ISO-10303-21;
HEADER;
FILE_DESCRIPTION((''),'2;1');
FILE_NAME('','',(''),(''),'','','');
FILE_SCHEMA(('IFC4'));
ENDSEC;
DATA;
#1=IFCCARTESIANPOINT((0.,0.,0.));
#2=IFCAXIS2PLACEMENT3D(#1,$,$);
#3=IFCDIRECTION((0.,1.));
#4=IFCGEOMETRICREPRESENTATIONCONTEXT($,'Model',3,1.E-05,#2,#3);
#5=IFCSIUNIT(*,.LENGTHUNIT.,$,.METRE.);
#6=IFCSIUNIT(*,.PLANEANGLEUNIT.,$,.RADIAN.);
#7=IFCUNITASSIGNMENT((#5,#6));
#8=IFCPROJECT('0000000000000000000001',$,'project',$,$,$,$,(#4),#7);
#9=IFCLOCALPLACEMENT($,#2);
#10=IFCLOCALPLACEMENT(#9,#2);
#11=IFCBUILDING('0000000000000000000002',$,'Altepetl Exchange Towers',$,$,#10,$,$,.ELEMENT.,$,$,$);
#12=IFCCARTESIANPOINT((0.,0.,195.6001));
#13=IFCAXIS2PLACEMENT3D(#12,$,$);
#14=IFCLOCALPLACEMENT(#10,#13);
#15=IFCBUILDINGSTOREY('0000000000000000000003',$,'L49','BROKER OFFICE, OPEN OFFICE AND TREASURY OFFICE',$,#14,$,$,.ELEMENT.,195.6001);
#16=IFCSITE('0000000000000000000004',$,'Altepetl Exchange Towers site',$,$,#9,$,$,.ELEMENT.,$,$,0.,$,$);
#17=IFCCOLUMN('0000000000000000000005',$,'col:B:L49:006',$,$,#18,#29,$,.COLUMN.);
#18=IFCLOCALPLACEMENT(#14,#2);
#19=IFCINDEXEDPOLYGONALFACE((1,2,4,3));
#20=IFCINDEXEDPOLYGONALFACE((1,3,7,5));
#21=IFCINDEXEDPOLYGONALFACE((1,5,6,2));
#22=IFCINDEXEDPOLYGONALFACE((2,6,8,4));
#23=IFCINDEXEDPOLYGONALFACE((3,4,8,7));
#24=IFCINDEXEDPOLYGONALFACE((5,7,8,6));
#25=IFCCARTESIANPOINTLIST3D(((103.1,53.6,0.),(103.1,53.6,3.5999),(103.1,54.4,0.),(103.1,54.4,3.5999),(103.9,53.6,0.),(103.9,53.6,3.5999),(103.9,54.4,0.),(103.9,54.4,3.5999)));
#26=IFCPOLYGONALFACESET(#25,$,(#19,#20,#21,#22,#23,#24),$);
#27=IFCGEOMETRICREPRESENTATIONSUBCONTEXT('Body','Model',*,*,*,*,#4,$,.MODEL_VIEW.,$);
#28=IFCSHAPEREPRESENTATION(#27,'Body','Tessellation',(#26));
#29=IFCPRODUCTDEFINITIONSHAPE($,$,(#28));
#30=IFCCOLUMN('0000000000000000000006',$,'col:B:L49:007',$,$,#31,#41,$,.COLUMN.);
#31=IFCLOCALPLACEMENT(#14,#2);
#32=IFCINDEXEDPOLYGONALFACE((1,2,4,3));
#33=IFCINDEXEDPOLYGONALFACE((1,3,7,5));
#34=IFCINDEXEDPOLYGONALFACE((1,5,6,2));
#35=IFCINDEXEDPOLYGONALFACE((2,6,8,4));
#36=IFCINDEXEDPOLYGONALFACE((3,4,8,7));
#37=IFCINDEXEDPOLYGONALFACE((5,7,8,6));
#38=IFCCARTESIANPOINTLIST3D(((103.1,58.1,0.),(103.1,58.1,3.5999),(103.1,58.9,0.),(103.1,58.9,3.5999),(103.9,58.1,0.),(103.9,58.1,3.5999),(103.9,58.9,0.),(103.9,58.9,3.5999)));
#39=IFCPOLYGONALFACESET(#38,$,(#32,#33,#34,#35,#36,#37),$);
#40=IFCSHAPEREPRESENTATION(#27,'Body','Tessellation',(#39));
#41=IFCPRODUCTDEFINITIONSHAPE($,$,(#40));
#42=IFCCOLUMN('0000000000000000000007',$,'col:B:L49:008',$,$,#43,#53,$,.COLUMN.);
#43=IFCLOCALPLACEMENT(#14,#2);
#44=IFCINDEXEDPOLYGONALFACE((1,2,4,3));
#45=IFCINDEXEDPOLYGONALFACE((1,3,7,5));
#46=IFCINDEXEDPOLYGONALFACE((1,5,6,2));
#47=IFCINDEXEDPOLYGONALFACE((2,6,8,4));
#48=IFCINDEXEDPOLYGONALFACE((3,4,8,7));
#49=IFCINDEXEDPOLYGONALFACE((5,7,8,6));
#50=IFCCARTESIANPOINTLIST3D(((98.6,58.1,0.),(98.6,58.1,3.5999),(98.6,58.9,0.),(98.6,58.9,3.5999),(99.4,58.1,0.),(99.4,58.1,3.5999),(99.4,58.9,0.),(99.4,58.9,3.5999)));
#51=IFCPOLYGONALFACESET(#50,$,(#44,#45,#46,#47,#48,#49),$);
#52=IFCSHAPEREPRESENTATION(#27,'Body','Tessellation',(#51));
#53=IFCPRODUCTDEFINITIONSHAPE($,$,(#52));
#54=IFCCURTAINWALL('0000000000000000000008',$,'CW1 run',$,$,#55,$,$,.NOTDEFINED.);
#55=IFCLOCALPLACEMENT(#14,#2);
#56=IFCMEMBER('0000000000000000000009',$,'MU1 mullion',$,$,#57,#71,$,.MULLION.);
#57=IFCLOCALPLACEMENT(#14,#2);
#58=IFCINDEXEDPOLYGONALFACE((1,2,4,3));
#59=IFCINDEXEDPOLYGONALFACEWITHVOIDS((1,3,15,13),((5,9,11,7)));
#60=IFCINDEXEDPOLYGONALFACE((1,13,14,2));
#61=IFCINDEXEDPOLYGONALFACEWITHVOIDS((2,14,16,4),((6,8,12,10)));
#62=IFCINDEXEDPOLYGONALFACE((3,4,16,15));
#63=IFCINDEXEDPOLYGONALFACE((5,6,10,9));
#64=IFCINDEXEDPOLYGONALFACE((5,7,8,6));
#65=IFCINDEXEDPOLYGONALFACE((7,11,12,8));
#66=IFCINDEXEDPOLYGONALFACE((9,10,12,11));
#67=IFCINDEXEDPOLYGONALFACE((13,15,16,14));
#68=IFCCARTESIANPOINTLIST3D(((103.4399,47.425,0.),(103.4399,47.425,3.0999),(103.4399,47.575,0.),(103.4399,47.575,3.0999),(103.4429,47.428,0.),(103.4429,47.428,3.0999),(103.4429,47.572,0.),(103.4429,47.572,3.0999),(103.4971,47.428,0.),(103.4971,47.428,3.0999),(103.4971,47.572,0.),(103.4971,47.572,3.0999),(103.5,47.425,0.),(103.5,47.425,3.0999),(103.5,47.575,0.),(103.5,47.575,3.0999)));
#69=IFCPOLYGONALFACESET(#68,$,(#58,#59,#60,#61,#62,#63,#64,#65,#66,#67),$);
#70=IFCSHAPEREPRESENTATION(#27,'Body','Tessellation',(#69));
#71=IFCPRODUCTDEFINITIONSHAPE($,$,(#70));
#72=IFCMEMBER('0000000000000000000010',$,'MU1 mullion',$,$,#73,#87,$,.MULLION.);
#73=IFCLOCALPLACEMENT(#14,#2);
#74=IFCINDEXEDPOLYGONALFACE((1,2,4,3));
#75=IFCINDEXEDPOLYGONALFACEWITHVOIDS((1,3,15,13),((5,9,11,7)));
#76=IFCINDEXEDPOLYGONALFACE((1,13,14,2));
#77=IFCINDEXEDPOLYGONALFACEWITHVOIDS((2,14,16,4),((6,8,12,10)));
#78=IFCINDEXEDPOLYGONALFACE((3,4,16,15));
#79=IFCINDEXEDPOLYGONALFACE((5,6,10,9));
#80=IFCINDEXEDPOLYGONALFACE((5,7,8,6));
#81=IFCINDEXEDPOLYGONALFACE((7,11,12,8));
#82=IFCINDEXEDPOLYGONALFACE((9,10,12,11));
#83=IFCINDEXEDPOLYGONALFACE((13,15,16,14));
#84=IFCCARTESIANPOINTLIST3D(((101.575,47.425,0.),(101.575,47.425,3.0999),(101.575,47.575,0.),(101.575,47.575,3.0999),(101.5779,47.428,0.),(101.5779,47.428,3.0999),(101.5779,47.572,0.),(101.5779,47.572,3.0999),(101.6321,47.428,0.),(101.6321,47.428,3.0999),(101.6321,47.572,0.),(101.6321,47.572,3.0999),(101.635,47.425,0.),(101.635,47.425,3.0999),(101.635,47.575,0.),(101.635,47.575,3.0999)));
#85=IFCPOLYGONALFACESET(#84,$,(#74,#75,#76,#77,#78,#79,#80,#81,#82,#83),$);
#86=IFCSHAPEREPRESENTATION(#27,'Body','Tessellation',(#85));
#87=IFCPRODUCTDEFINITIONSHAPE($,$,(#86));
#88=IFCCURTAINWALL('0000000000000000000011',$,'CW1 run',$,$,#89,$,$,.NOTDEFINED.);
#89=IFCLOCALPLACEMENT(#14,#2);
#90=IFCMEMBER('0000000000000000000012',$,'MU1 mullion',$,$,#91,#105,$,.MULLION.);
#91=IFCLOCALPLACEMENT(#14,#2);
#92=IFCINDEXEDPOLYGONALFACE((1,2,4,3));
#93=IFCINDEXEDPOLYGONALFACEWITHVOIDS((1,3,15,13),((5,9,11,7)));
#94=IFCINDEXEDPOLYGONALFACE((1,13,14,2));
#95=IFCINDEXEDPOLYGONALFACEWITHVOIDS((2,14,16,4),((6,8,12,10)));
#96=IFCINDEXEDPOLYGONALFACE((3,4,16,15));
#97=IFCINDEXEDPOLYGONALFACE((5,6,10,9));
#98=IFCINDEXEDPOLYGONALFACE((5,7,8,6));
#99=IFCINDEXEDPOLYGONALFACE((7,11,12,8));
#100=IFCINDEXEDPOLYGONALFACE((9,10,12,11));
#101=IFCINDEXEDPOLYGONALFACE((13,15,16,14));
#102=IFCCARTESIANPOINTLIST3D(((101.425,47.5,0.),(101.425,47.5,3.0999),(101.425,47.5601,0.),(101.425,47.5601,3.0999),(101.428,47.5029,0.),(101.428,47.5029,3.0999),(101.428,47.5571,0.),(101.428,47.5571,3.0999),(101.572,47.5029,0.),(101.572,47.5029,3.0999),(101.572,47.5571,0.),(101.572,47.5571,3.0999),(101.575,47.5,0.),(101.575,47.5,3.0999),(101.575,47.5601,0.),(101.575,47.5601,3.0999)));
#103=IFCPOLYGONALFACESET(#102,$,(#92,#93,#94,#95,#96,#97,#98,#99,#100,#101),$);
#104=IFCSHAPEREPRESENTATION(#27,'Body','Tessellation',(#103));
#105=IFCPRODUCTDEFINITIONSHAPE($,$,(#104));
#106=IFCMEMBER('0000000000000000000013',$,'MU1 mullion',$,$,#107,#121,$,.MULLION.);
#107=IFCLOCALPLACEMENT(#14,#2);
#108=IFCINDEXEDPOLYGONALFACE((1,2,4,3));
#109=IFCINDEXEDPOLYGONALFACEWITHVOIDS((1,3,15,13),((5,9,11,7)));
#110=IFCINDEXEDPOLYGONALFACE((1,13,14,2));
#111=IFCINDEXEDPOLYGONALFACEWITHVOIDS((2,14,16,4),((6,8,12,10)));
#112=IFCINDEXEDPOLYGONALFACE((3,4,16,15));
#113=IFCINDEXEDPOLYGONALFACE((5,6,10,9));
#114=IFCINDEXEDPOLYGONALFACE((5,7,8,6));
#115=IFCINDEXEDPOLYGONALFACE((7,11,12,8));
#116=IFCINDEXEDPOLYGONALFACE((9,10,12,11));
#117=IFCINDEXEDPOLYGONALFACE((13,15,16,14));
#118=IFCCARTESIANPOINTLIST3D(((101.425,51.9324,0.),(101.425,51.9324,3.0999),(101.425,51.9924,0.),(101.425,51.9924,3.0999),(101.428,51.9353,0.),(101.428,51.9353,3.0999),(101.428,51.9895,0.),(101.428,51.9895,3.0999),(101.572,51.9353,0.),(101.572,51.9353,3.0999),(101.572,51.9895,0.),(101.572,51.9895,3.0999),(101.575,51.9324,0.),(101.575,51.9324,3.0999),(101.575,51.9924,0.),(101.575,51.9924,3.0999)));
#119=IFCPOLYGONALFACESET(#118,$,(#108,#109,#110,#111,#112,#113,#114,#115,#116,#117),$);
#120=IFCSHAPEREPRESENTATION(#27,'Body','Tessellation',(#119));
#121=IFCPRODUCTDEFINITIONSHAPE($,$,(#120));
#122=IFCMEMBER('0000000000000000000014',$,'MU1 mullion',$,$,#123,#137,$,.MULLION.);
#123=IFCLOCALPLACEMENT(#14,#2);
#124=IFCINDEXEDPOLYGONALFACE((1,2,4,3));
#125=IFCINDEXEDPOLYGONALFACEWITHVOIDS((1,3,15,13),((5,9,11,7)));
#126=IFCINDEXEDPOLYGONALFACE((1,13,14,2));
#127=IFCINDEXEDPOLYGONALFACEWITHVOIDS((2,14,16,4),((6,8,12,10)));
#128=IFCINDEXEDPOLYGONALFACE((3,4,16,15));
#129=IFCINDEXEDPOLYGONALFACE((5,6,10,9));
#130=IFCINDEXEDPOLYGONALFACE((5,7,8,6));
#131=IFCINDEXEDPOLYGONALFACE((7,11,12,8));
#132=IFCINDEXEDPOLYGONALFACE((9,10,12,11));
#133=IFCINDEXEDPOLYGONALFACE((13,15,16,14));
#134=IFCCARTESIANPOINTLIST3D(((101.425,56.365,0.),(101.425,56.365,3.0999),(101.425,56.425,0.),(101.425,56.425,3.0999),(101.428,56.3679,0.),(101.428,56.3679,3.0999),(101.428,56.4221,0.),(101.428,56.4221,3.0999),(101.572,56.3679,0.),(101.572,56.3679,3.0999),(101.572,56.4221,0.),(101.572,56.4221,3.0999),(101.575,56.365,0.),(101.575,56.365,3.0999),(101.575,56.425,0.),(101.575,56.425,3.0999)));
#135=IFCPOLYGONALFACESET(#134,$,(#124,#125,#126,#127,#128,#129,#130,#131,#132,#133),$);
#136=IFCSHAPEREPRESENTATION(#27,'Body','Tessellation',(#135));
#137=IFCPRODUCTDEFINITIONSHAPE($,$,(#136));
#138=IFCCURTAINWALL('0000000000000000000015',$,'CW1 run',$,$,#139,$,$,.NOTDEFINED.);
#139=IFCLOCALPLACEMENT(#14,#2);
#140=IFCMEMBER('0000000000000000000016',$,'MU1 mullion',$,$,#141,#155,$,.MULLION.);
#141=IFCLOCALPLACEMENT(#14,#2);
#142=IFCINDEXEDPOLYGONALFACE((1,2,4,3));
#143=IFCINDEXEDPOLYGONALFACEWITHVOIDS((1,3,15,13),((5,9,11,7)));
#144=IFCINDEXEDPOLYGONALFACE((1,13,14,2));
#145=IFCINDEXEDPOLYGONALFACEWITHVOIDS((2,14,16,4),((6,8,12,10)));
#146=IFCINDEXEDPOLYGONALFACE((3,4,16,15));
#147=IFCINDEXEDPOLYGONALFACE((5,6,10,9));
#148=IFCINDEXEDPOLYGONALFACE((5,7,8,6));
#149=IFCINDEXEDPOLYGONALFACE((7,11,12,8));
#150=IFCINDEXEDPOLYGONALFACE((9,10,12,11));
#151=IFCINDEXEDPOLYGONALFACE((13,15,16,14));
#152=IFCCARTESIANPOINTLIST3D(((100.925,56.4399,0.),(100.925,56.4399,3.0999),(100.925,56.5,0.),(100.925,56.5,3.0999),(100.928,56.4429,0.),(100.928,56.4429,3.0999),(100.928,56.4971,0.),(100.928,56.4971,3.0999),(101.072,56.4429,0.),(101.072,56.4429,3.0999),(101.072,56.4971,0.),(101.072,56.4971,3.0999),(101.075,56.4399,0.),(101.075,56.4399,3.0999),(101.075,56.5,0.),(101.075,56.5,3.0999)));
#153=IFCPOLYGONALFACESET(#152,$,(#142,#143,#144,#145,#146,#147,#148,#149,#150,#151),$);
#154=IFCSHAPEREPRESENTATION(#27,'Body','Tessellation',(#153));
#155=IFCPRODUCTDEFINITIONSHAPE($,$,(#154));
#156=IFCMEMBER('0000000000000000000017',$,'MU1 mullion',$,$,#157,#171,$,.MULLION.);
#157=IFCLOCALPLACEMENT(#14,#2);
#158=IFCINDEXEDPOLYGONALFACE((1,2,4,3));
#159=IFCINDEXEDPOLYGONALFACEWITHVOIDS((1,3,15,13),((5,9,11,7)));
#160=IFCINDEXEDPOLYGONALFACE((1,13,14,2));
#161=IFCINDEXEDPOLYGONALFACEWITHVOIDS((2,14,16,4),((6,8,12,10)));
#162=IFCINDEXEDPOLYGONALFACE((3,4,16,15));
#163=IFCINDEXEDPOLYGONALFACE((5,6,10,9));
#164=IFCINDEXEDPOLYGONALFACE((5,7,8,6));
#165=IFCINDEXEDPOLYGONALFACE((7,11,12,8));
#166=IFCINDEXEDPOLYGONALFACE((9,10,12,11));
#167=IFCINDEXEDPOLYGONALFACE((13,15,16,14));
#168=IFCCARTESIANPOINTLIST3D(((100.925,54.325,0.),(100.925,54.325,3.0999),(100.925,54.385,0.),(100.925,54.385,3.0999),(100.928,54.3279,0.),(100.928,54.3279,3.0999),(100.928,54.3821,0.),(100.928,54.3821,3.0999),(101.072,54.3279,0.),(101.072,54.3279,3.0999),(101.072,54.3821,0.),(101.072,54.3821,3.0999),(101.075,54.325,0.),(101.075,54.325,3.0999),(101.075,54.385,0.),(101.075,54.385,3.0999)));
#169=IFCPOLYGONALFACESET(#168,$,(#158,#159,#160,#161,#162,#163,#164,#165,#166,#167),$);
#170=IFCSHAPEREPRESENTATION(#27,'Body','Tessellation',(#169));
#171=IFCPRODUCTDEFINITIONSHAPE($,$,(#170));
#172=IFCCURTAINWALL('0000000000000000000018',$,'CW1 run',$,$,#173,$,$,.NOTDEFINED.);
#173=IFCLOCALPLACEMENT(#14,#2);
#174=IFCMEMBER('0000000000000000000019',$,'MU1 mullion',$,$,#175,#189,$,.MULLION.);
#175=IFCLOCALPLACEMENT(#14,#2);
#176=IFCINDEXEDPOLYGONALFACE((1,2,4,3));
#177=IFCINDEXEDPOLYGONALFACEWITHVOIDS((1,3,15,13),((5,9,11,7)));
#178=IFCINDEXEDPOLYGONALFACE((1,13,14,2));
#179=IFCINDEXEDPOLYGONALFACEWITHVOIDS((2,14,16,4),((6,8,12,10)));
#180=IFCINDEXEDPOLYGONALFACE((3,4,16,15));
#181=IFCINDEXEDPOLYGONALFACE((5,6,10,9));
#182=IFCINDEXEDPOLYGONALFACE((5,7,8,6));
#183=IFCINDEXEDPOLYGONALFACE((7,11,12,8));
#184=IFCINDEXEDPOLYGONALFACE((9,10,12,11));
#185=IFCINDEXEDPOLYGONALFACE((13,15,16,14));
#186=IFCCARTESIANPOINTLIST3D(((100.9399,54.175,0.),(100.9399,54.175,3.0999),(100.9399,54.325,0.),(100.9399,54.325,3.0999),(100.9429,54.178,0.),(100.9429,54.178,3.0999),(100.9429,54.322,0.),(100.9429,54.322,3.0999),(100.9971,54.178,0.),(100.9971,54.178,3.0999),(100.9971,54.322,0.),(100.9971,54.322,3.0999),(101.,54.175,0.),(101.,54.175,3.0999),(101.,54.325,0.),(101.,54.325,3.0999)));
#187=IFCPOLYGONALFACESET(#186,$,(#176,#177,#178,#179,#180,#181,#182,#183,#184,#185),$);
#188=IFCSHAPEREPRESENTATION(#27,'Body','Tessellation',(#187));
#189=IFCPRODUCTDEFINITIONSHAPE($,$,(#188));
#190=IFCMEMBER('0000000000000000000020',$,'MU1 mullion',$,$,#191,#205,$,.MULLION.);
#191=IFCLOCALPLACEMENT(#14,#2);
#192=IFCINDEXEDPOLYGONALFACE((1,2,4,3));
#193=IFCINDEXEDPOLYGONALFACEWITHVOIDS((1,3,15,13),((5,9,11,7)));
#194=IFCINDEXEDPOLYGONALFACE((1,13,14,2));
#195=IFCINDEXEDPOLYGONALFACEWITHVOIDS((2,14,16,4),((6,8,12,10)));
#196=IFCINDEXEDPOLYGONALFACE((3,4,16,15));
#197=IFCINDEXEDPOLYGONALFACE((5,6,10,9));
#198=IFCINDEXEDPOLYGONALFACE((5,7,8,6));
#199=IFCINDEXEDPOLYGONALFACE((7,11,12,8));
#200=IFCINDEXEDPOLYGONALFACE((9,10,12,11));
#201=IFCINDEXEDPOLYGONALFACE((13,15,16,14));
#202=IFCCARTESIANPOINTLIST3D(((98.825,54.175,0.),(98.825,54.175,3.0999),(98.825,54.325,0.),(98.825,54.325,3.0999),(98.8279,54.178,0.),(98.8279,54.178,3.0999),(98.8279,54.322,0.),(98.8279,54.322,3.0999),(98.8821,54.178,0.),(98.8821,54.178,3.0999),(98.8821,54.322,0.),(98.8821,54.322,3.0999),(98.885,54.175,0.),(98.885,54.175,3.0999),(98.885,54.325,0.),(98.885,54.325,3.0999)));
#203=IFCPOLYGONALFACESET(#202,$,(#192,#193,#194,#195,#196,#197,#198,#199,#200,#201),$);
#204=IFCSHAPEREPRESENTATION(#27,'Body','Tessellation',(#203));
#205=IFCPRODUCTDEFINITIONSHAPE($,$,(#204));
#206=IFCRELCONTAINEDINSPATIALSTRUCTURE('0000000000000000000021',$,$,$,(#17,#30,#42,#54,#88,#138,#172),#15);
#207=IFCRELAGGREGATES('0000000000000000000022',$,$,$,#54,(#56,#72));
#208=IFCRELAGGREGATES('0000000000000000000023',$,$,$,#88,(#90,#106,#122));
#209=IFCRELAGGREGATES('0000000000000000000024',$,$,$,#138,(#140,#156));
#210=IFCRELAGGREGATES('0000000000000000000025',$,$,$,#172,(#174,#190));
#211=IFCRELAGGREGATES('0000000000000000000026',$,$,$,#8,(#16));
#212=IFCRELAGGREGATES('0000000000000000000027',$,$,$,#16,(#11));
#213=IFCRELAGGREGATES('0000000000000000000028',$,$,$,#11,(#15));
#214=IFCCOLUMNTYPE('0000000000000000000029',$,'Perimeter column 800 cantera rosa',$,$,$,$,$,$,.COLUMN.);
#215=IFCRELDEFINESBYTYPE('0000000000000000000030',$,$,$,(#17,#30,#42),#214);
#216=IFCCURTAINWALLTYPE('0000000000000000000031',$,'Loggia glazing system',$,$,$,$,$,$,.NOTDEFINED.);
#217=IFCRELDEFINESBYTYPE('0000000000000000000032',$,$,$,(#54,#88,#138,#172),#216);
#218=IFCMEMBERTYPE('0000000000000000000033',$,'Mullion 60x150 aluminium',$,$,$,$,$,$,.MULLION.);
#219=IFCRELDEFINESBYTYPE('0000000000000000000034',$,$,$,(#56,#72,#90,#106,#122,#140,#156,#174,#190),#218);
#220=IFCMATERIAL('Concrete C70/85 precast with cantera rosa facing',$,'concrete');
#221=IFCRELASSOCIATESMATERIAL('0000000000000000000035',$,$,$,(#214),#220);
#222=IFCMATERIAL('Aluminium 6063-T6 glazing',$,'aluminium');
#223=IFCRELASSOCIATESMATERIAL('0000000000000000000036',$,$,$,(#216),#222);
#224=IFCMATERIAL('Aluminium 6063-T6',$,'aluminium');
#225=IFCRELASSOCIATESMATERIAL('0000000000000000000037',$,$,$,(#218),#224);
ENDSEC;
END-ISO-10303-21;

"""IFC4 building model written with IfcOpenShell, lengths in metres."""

from ifc_helpers import new_model, si_unit, direction, frame, origin, origin_2d, place, context, subcontext, project, spatial, rectangle, hollow_rectangle, extrude, material, material_profile, profile_set, type_object, element, aggregate, save


model = new_model("IFC4")

# Units and contexts
model_context = context("Model", 3, precision=1e-05, world=origin(), true_north=direction((0.0, 1.0)))
body_context = subcontext(model_context, "Body", "Model", "MODEL_VIEW")
ifc_project = project(units=[si_unit("LENGTHUNIT", "METRE"), si_unit("PLANEANGLEUNIT", "RADIAN")], contexts=[model_context])

# Site, building, storey
site_placement = place(None, origin())
site = spatial("IfcSite", under=ifc_project, at=site_placement, Name="Altepetl Exchange Towers site", CompositionType="ELEMENT", RefElevation=0.0)
building_placement = place(site_placement, origin())
building = spatial("IfcBuilding", under=site, at=building_placement, Name="Altepetl Exchange Towers", CompositionType="ELEMENT")
storey_placement = place(building_placement, frame((0.0, 0.0, 195.6001)))
storey = spatial("IfcBuildingStorey", under=building, at=storey_placement, Name="L49", Description="BROKER OFFICE, OPEN OFFICE AND TREASURY OFFICE", CompositionType="ELEMENT", Elevation=195.6001)

# Columns
ifc_material_1 = material(Name="Concrete C70/85 precast with cantera rosa facing", Category="concrete")
ifc_material_profile_1 = material_profile(ifc_material_1, rectangle(XDim=0.8, YDim=0.8, at=origin_2d()), Name="800 x 800")
ifc_profile_set_1 = profile_set([ifc_material_profile_1], Name="Concrete C70/85 precast with cantera rosa facing")
column_type = type_object("IfcColumnType", Name="Perimeter column 800 cantera rosa", PredefinedType="COLUMN", material=ifc_profile_set_1)
for number, where, name in (
    (1, (103.5, 54.0, 0.0), "col:B:L49:006"),
    (2, (103.5, 58.5, 0.0), "col:B:L49:007"),
    (3, (99.0, 58.5, 0.0), "col:B:L49:008"),
):
    element("IfcColumn", number, at=place(storey_placement, frame(where)), inside=storey, type_object=column_type, Name=name, PredefinedType="COLUMN", context=body_context, shape_type="SweptSolid", body=[
        extrude(rectangle(XDim=0.8, YDim=0.8, at=origin_2d()), origin(), (0.0, 0.0, 1.0), 3.5999),
    ])

# Curtain walls, members
ifc_material_2 = material(Name="Aluminium 6063-T6 glazing", Category="aluminium")
curtain_wall_type = type_object("IfcCurtainWallType", Name="Loggia glazing system", PredefinedType="NOTDEFINED", material=ifc_material_2)
curtain_wall_1_placement = place(storey_placement, origin())
curtain_wall_1 = element("IfcCurtainWall", 4, at=curtain_wall_1_placement, inside=storey, type_object=curtain_wall_type, Name="CW1 run", PredefinedType="NOTDEFINED")
ifc_material_3 = material(Name="Aluminium 6063-T6", Category="aluminium")
ifc_material_profile_2 = material_profile(ifc_material_3, hollow_rectangle(XDim=0.0601, YDim=0.1499, WallThickness=0.0029, at=origin_2d()), Name="Mullion 60x150 aluminium")
ifc_profile_set_2 = profile_set([ifc_material_profile_2], Name="Aluminium 6063-T6")
member_type = type_object("IfcMemberType", Name="Mullion 60x150 aluminium", PredefinedType="MULLION", material=ifc_profile_set_2)
member_1_placement = place(storey_placement, frame((103.47, 47.5, 0.0), z_axis=(0.0, 0.0, 1.0), x_axis=(-1.0, 0.0, 0.0)))
member_1 = element("IfcMember", 5, at=member_1_placement, type_object=member_type, Name="MU1 mullion", PredefinedType="MULLION", context=body_context, shape_type="SweptSolid", body=[
    extrude(hollow_rectangle(XDim=0.0601, YDim=0.1499, WallThickness=0.0029, at=origin_2d()), origin(), (0.0, 0.0, 1.0), 3.0999),
])
member_2_placement = place(storey_placement, frame((101.605, 47.5, 0.0), z_axis=(0.0, 0.0, 1.0), x_axis=(-1.0, 0.0, 0.0)))
member_2 = element("IfcMember", 6, at=member_2_placement, type_object=member_type, Name="MU1 mullion", PredefinedType="MULLION", context=body_context, shape_type="SweptSolid", body=[
    extrude(hollow_rectangle(XDim=0.0601, YDim=0.1499, WallThickness=0.0029, at=origin_2d()), origin(), (0.0, 0.0, 1.0), 3.0999),
])
curtain_wall_2_placement = place(storey_placement, origin())
curtain_wall_2 = element("IfcCurtainWall", 7, at=curtain_wall_2_placement, inside=storey, type_object=curtain_wall_type, Name="CW1 run", PredefinedType="NOTDEFINED")
member_3_placement = place(storey_placement, frame((101.5, 47.53, 0.0), z_axis=(0.0, 0.0, 1.0), x_axis=(0.0, 1.0, 0.0)))
member_3 = element("IfcMember", 8, at=member_3_placement, type_object=member_type, Name="MU1 mullion", PredefinedType="MULLION", context=body_context, shape_type="SweptSolid", body=[
    extrude(hollow_rectangle(XDim=0.0601, YDim=0.1499, WallThickness=0.0029, at=origin_2d()), origin(), (0.0, 0.0, 1.0), 3.0999),
])
member_4_placement = place(storey_placement, frame((101.5, 51.9624, 0.0), z_axis=(0.0, 0.0, 1.0), x_axis=(0.0, 1.0, 0.0)))
member_4 = element("IfcMember", 9, at=member_4_placement, type_object=member_type, Name="MU1 mullion", PredefinedType="MULLION", context=body_context, shape_type="SweptSolid", body=[
    extrude(hollow_rectangle(XDim=0.0601, YDim=0.1499, WallThickness=0.0029, at=origin_2d()), origin(), (0.0, 0.0, 1.0), 3.0999),
])
member_5_placement = place(storey_placement, frame((101.5, 56.395, 0.0), z_axis=(0.0, 0.0, 1.0), x_axis=(0.0, 1.0, 0.0)))
member_5 = element("IfcMember", 10, at=member_5_placement, type_object=member_type, Name="MU1 mullion", PredefinedType="MULLION", context=body_context, shape_type="SweptSolid", body=[
    extrude(hollow_rectangle(XDim=0.0601, YDim=0.1499, WallThickness=0.0029, at=origin_2d()), origin(), (0.0, 0.0, 1.0), 3.0999),
])
curtain_wall_3_placement = place(storey_placement, origin())
curtain_wall_3 = element("IfcCurtainWall", 11, at=curtain_wall_3_placement, inside=storey, type_object=curtain_wall_type, Name="CW1 run", PredefinedType="NOTDEFINED")
member_6_placement = place(storey_placement, frame((101.0, 56.47, 0.0), z_axis=(0.0, 0.0, 1.0), x_axis=(0.0, -1.0, 0.0)))
member_6 = element("IfcMember", 12, at=member_6_placement, type_object=member_type, Name="MU1 mullion", PredefinedType="MULLION", context=body_context, shape_type="SweptSolid", body=[
    extrude(hollow_rectangle(XDim=0.0601, YDim=0.1499, WallThickness=0.0029, at=origin_2d()), origin(), (0.0, 0.0, 1.0), 3.0999),
])
member_7_placement = place(storey_placement, frame((101.0, 54.355, 0.0), z_axis=(0.0, 0.0, 1.0), x_axis=(0.0, -1.0, 0.0)))
member_7 = element("IfcMember", 13, at=member_7_placement, type_object=member_type, Name="MU1 mullion", PredefinedType="MULLION", context=body_context, shape_type="SweptSolid", body=[
    extrude(hollow_rectangle(XDim=0.0601, YDim=0.1499, WallThickness=0.0029, at=origin_2d()), origin(), (0.0, 0.0, 1.0), 3.0999),
])
curtain_wall_4_placement = place(storey_placement, origin())
curtain_wall_4 = element("IfcCurtainWall", 14, at=curtain_wall_4_placement, inside=storey, type_object=curtain_wall_type, Name="CW1 run", PredefinedType="NOTDEFINED")
member_8_placement = place(storey_placement, frame((100.97, 54.25, 0.0), z_axis=(0.0, 0.0, 1.0), x_axis=(-1.0, 0.0, 0.0)))
member_8 = element("IfcMember", 15, at=member_8_placement, type_object=member_type, Name="MU1 mullion", PredefinedType="MULLION", context=body_context, shape_type="SweptSolid", body=[
    extrude(hollow_rectangle(XDim=0.0601, YDim=0.1499, WallThickness=0.0029, at=origin_2d()), origin(), (0.0, 0.0, 1.0), 3.0999),
])
member_9_placement = place(storey_placement, frame((98.855, 54.25, 0.0), z_axis=(0.0, 0.0, 1.0), x_axis=(-1.0, 0.0, 0.0)))
member_9 = element("IfcMember", 16, at=member_9_placement, type_object=member_type, Name="MU1 mullion", PredefinedType="MULLION", context=body_context, shape_type="SweptSolid", body=[
    extrude(hollow_rectangle(XDim=0.0601, YDim=0.1499, WallThickness=0.0029, at=origin_2d()), origin(), (0.0, 0.0, 1.0), 3.0999),
])

aggregate(curtain_wall_1, [member_1, member_2])
aggregate(curtain_wall_2, [member_3, member_4, member_5])
aggregate(curtain_wall_3, [member_6, member_7])
aggregate(curtain_wall_4, [member_8, member_9])

save(model, "model.ifc")
